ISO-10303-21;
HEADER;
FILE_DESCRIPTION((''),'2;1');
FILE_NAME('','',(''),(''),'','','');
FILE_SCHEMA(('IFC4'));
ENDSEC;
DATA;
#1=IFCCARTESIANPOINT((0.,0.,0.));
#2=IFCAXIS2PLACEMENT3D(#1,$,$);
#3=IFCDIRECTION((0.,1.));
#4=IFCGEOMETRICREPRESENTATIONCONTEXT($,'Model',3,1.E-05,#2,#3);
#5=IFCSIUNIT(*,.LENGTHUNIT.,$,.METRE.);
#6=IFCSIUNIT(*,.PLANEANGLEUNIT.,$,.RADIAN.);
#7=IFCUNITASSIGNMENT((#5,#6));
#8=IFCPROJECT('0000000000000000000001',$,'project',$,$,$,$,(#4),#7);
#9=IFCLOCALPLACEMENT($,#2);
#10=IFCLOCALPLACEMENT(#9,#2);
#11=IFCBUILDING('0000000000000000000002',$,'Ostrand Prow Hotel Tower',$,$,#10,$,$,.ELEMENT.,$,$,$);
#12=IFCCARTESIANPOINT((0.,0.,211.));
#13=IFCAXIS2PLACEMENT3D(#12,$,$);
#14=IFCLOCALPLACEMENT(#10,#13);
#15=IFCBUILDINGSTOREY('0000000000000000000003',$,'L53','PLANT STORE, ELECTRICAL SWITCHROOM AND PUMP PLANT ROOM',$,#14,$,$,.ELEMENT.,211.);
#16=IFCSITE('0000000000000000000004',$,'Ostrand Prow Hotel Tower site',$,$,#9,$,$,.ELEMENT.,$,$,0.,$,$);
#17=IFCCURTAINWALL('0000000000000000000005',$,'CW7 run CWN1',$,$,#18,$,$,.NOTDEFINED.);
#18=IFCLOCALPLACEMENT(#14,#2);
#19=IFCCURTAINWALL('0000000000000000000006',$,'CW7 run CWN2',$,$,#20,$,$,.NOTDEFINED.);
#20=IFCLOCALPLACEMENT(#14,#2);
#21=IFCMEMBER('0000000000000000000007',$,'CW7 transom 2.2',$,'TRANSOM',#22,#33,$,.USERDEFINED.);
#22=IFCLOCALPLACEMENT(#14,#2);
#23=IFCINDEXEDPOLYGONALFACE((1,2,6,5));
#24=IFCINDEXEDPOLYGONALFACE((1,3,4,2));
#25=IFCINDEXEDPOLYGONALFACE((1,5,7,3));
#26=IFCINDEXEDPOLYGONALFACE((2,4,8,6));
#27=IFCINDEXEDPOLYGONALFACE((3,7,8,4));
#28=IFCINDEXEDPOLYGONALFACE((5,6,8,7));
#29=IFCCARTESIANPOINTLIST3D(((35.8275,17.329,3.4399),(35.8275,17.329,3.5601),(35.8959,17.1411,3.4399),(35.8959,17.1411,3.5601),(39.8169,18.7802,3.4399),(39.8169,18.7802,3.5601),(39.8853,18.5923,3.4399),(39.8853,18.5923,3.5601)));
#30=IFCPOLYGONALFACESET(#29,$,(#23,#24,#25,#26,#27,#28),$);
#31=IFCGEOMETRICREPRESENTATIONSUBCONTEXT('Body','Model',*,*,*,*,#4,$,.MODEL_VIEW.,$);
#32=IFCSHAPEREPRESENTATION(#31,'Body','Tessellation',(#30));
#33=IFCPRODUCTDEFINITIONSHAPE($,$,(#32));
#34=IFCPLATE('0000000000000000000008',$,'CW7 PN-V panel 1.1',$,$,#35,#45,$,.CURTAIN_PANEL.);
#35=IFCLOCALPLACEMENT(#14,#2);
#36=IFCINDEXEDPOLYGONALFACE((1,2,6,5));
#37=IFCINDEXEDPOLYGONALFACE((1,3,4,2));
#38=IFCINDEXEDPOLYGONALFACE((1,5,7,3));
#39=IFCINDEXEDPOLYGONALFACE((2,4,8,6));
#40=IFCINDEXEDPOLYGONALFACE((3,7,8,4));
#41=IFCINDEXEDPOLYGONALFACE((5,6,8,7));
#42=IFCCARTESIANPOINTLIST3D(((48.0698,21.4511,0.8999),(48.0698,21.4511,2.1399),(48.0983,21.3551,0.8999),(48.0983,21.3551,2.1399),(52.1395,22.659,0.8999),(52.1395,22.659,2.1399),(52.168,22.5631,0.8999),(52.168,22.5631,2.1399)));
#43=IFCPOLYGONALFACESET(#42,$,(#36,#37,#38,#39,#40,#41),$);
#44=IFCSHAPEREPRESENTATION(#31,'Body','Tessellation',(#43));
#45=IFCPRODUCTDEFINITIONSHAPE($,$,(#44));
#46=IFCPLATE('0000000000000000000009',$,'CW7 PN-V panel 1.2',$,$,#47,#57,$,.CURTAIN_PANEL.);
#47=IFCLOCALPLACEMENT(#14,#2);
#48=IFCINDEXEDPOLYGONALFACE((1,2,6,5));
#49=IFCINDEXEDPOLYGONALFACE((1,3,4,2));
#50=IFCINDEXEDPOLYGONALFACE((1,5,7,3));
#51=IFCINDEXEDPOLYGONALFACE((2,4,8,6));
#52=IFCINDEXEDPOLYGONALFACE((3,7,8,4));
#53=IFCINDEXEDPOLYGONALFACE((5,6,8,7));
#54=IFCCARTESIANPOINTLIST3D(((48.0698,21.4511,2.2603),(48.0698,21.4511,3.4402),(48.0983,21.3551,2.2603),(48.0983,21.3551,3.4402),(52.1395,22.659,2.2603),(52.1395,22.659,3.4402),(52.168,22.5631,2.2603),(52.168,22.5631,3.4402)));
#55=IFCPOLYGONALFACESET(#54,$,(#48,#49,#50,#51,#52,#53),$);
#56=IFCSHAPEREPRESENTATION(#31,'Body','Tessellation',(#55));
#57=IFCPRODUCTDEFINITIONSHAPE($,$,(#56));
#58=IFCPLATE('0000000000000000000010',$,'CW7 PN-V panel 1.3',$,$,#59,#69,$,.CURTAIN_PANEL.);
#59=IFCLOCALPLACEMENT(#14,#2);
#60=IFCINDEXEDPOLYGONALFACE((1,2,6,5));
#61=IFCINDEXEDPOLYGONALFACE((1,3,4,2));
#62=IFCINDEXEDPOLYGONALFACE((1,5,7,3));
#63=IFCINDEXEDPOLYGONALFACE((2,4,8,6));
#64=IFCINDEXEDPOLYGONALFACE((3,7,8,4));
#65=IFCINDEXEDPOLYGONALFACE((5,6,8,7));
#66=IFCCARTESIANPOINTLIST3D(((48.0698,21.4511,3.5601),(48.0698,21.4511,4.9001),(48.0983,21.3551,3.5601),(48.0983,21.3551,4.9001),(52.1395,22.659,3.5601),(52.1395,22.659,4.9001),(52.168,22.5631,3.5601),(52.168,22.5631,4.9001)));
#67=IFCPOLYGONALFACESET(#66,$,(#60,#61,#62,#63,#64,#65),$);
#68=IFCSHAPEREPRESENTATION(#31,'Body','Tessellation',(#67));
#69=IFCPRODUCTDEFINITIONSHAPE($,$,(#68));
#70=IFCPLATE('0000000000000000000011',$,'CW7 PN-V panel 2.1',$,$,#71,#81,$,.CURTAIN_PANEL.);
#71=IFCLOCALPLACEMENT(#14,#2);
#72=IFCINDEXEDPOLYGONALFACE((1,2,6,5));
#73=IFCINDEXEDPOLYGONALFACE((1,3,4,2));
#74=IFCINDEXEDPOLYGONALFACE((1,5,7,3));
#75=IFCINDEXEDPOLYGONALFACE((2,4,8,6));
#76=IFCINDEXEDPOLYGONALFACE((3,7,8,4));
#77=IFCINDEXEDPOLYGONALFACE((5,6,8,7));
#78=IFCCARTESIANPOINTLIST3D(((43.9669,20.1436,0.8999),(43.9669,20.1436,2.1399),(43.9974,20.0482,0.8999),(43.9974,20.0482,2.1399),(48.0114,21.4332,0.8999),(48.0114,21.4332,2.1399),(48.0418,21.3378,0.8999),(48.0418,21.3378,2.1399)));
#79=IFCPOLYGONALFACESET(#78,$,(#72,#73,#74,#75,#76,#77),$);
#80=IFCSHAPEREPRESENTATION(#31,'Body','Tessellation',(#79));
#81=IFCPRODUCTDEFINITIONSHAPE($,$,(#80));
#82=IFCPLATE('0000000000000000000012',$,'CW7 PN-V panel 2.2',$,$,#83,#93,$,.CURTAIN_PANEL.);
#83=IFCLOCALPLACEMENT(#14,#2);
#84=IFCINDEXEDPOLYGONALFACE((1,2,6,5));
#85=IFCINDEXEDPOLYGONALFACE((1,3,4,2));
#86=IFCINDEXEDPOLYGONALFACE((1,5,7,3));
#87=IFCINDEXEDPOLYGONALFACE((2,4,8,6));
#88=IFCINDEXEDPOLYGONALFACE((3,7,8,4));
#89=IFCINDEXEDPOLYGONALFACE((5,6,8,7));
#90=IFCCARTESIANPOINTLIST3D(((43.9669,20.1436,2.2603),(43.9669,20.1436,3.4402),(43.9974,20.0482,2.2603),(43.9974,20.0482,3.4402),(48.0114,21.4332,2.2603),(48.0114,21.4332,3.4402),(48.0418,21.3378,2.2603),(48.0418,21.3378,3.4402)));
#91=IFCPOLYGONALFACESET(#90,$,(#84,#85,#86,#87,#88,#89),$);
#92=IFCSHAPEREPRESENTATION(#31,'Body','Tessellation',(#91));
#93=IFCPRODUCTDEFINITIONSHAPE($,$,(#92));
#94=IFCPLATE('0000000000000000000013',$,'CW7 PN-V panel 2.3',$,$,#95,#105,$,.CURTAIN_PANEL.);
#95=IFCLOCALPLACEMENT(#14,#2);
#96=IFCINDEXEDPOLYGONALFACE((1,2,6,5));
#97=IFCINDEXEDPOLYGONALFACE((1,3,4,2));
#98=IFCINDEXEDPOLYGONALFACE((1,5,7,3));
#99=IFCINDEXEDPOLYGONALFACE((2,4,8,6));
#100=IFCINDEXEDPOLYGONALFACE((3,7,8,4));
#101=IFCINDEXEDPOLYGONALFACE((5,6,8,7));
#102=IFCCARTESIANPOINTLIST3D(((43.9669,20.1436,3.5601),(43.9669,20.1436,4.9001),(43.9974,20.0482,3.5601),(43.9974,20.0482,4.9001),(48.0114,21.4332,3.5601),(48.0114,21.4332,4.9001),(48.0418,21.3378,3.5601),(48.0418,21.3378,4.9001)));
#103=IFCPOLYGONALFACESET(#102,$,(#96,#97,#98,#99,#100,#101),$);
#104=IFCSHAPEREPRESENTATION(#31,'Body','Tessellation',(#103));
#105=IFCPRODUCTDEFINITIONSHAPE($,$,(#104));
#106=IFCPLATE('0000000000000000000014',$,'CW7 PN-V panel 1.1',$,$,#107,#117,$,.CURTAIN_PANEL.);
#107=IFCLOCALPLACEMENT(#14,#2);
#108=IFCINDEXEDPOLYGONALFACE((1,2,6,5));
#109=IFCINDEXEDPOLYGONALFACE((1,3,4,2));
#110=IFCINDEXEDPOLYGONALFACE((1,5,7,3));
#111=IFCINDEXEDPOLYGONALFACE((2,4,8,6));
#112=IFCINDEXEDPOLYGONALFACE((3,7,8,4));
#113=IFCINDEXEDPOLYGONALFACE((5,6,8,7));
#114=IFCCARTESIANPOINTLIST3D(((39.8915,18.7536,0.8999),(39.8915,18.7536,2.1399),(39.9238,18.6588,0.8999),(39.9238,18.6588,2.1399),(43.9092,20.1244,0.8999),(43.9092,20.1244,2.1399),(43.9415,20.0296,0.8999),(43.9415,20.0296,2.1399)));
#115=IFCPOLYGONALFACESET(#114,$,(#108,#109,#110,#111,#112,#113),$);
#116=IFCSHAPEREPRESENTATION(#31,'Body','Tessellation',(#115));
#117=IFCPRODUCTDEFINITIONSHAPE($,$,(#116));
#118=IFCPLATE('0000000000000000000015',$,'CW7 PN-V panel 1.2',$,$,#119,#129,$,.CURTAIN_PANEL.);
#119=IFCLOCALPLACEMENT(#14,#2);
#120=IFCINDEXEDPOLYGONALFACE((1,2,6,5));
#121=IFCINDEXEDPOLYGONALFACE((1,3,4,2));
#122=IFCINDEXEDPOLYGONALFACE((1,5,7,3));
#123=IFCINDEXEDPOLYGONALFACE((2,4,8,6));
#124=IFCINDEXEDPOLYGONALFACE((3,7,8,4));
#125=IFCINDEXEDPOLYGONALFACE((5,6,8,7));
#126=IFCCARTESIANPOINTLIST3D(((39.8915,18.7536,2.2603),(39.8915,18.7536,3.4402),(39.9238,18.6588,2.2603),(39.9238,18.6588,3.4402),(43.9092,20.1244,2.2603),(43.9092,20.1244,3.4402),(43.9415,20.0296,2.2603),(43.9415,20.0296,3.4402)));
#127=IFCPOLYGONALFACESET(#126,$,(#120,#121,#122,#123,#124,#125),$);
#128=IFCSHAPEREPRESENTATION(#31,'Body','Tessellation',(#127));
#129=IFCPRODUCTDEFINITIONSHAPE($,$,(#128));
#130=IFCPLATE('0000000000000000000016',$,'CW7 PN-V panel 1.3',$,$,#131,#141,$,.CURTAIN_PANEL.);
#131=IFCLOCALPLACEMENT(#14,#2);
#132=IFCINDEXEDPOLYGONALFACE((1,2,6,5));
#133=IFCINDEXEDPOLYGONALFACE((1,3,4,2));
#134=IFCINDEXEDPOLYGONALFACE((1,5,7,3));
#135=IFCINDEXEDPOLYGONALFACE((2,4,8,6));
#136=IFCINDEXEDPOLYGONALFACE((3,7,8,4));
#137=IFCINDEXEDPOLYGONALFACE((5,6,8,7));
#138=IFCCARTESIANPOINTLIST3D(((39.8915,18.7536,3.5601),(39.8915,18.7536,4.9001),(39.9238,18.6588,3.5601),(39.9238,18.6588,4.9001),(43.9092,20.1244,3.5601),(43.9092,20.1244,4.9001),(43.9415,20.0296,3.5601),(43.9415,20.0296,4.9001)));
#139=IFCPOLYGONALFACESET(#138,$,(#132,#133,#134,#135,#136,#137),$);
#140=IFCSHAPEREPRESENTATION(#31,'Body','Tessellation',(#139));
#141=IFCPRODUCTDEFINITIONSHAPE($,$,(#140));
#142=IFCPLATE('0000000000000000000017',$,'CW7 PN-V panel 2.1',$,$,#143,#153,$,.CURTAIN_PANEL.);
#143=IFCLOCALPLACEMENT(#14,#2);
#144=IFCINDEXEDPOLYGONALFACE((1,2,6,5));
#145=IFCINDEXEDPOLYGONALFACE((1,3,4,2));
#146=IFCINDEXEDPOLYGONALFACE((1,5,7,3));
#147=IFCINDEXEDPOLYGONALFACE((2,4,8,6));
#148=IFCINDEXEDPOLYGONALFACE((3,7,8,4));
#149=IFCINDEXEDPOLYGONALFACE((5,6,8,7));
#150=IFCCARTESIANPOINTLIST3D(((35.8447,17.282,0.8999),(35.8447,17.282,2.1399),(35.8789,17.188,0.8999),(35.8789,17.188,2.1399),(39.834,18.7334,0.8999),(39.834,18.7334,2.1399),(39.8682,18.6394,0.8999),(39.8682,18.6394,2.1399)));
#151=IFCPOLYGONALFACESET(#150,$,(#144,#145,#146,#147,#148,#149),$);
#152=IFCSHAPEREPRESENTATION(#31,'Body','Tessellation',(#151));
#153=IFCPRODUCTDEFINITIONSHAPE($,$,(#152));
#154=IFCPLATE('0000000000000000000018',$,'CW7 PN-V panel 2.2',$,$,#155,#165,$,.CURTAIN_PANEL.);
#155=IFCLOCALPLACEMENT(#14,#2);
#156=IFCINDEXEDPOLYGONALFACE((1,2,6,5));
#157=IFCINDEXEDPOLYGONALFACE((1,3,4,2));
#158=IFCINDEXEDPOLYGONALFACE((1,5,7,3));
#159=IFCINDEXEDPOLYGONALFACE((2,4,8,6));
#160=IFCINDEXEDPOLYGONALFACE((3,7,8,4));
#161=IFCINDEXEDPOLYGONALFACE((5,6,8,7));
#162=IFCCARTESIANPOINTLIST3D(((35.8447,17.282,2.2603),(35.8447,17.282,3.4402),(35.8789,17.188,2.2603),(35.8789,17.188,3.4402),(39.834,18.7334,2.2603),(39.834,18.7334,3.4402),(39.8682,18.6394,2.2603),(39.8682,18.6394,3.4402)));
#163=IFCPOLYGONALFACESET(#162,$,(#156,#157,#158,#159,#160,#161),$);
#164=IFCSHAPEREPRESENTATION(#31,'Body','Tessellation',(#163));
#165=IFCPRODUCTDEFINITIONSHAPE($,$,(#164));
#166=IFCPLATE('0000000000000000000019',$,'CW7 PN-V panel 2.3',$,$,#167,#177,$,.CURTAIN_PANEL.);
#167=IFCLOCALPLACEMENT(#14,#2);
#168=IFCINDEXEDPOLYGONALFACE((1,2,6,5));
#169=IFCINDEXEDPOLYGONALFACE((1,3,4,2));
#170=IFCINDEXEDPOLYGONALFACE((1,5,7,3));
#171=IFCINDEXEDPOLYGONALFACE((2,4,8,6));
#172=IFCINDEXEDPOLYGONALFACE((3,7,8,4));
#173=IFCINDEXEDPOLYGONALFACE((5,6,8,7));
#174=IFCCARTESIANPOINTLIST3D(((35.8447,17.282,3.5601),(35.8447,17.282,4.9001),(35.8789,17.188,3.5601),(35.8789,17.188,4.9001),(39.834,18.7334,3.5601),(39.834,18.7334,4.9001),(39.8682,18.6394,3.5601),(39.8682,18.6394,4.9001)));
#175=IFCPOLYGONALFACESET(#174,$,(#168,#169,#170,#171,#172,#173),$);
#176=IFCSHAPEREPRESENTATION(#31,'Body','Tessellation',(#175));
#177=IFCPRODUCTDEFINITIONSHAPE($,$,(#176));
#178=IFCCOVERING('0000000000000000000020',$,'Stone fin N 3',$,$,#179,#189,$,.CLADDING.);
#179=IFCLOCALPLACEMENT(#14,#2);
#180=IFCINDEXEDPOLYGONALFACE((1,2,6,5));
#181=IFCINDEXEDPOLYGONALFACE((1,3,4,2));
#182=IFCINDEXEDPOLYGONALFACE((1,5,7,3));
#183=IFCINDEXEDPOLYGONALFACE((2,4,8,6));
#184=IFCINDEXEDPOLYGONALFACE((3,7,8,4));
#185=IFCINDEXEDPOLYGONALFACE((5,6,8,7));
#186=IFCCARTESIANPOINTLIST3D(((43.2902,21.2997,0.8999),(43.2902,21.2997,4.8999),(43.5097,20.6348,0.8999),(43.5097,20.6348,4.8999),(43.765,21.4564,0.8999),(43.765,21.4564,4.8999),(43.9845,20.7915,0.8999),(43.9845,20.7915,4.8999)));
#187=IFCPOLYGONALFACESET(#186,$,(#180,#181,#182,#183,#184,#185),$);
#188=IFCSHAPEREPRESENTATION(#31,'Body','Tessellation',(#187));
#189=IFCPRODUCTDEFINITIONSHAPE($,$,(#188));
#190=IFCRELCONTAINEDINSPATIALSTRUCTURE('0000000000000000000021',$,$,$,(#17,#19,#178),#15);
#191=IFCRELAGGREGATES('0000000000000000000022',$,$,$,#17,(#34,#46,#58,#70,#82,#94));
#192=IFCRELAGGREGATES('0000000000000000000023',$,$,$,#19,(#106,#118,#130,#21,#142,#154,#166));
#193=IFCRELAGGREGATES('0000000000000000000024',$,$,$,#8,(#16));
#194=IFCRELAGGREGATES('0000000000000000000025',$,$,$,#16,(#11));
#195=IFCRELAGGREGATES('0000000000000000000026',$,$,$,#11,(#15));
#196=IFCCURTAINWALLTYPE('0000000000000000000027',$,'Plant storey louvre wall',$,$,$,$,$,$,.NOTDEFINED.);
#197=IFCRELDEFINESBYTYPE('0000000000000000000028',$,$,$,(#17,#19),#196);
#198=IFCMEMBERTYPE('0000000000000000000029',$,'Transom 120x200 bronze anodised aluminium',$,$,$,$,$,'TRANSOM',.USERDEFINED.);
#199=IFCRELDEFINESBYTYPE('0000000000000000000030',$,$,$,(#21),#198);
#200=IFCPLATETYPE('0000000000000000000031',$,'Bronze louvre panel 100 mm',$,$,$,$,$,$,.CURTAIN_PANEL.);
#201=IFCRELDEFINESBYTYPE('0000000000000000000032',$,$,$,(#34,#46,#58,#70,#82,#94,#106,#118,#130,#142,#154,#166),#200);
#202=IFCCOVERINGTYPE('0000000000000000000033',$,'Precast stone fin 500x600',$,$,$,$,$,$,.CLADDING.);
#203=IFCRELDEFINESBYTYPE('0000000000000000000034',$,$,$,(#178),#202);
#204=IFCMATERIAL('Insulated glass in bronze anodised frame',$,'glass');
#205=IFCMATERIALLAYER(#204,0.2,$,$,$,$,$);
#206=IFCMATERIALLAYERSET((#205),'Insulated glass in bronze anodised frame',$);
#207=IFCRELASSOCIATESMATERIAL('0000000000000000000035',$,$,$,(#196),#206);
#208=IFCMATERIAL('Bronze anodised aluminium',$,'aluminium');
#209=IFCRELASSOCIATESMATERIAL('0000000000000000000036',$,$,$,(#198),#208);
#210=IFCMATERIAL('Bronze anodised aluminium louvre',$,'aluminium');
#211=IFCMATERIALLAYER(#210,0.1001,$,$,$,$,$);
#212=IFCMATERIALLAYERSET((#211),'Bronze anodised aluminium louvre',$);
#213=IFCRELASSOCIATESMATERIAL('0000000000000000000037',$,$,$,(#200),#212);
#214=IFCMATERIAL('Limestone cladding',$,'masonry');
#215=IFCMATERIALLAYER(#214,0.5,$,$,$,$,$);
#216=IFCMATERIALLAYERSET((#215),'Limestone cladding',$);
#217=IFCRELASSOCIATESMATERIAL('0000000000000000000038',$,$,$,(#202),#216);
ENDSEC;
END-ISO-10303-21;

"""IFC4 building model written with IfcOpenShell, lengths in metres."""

from ifc_helpers import new_model, si_unit, direction, frame, frame_2d, origin, origin_2d, place, context, subcontext, project, spatial, rectangle, extrude, material, layer, layer_set, material_profile, profile_set, type_object, element, aggregate, save


model = new_model("IFC4")

# Units and contexts
model_context = context("Model", 3, precision=1e-05, world=origin(), true_north=direction((0.0, 1.0)))
body_context = subcontext(model_context, "Body", "Model", "MODEL_VIEW")
ifc_project = project(units=[si_unit("LENGTHUNIT", "METRE"), si_unit("PLANEANGLEUNIT", "RADIAN")], contexts=[model_context])

# Site, building, storey
site_placement = place(None, origin())
site = spatial("IfcSite", under=ifc_project, at=site_placement, Name="Ostrand Prow Hotel Tower site", CompositionType="ELEMENT", RefElevation=0.0)
building_placement = place(site_placement, origin())
building = spatial("IfcBuilding", under=site, at=building_placement, Name="Ostrand Prow Hotel Tower", CompositionType="ELEMENT")
storey_placement = place(building_placement, frame((0.0, 0.0, 211.0)))
storey = spatial("IfcBuildingStorey", under=building, at=storey_placement, Name="L53", Description="PLANT STORE, ELECTRICAL SWITCHROOM AND PUMP PLANT ROOM", CompositionType="ELEMENT", Elevation=211.0)

# Curtain walls
ifc_material_1 = material(Name="Insulated glass in bronze anodised frame", Category="glass")
ifc_layer_1 = layer(ifc_material_1, 0.2)
ifc_layer_set_1 = layer_set([ifc_layer_1], Name="Insulated glass in bronze anodised frame")
curtain_wall_type = type_object("IfcCurtainWallType", Name="Plant storey louvre wall", PredefinedType="NOTDEFINED", material=ifc_layer_set_1)
curtain_wall_1_placement = place(storey_placement, origin())
curtain_wall_1 = element("IfcCurtainWall", 1, at=curtain_wall_1_placement, inside=storey, type_object=curtain_wall_type, Name="CW7 run CWN1", PredefinedType="NOTDEFINED")
curtain_wall_2_placement = place(storey_placement, origin())
curtain_wall_2 = element("IfcCurtainWall", 2, at=curtain_wall_2_placement, inside=storey, type_object=curtain_wall_type, Name="CW7 run CWN2", PredefinedType="NOTDEFINED")

# Member
ifc_material_2 = material(Name="Bronze anodised aluminium", Category="aluminium")
ifc_material_profile_1 = material_profile(ifc_material_2, rectangle(XDim=0.2, YDim=0.1201, at=origin_2d()), Name="Transom 120x200 bronze anodised aluminium")
ifc_profile_set_1 = profile_set([ifc_material_profile_1], Name="Bronze anodised aluminium")
member_type_1 = type_object("IfcMemberType", Name="Transom 120x200 bronze anodised aluminium", ElementType="TRANSOM", PredefinedType="USERDEFINED", material=ifc_profile_set_1)
member_1_placement = place(storey_placement, frame((39.8511, 18.6863, 3.5), z_axis=(-0.939753, -0.341854, 0.0), x_axis=(0.341854, -0.939753, 0.0)))
member_1 = element("IfcMember", 3, at=member_1_placement, type_object=member_type_1, Name="CW7 transom 2.2", ObjectType="TRANSOM", PredefinedType="USERDEFINED", context=body_context, shape_type="SweptSolid", body=[
    extrude(rectangle(XDim=0.2, YDim=0.1201, at=origin_2d()), origin(), (0.0, 0.0, 1.0), 4.2451),
])

# Plates
ifc_material_3 = material(Name="Bronze anodised aluminium louvre", Category="aluminium")
ifc_layer_2 = layer(ifc_material_3, 0.1001)
ifc_layer_set_2 = layer_set([ifc_layer_2], Name="Bronze anodised aluminium louvre")
plate_type = type_object("IfcPlateType", Name="Bronze louvre panel 100 mm", PredefinedType="CURTAIN_PANEL", material=ifc_layer_set_2)
plate_1_placement = place(storey_placement, frame((50.1189, 22.0071, 0.8999), z_axis=(0.0, 0.0, 1.0), x_axis=(-0.958663, -0.284544, 0.0)))
plate_1 = element("IfcPlate", 4, at=plate_1_placement, type_object=plate_type, Name="CW7 PN-V panel 1.1", PredefinedType="CURTAIN_PANEL", context=body_context, shape_type="SweptSolid", body=[
    extrude(rectangle(XDim=4.2451, YDim=0.1001, at=origin_2d()), origin(), (0.0, 0.0, 1.0), 1.24),
])
plate_2_placement = place(storey_placement, frame((50.1189, 22.0071, 2.2603), z_axis=(0.0, 0.0, 1.0), x_axis=(-0.958663, -0.284544, 0.0)))
plate_2 = element("IfcPlate", 5, at=plate_2_placement, type_object=plate_type, Name="CW7 PN-V panel 1.2", PredefinedType="CURTAIN_PANEL", context=body_context, shape_type="SweptSolid", body=[
    extrude(rectangle(XDim=4.2451, YDim=0.1001, at=origin_2d()), origin(), (0.0, 0.0, 1.0), 1.1799),
])
plate_3_placement = place(storey_placement, frame((50.1189, 22.0071, 3.5601), z_axis=(0.0, 0.0, 1.0), x_axis=(-0.958663, -0.284544, 0.0)))
plate_3 = element("IfcPlate", 6, at=plate_3_placement, type_object=plate_type, Name="CW7 PN-V panel 1.3", PredefinedType="CURTAIN_PANEL", context=body_context, shape_type="SweptSolid", body=[
    extrude(rectangle(XDim=4.2451, YDim=0.1001, at=origin_2d()), origin(), (0.0, 0.0, 1.0), 1.3401),
])
plate_4_placement = place(storey_placement, frame((46.0044, 20.7407, 0.8999), z_axis=(0.0, 0.0, 1.0), x_axis=(-0.95274, -0.303787, 0.0)))
plate_4 = element("IfcPlate", 7, at=plate_4_placement, type_object=plate_type, Name="CW7 PN-V panel 2.1", PredefinedType="CURTAIN_PANEL", context=body_context, shape_type="SweptSolid", body=[
    extrude(rectangle(XDim=4.2451, YDim=0.1001, at=origin_2d()), origin(), (0.0, 0.0, 1.0), 1.24),
])
plate_5_placement = place(storey_placement, frame((46.0044, 20.7407, 2.2603), z_axis=(0.0, 0.0, 1.0), x_axis=(-0.95274, -0.303787, 0.0)))
plate_5 = element("IfcPlate", 8, at=plate_5_placement, type_object=plate_type, Name="CW7 PN-V panel 2.2", PredefinedType="CURTAIN_PANEL", context=body_context, shape_type="SweptSolid", body=[
    extrude(rectangle(XDim=4.2451, YDim=0.1001, at=origin_2d()), origin(), (0.0, 0.0, 1.0), 1.1799),
])
plate_6_placement = place(storey_placement, frame((46.0044, 20.7407, 3.5601), z_axis=(0.0, 0.0, 1.0), x_axis=(-0.95274, -0.303787, 0.0)))
plate_6 = element("IfcPlate", 9, at=plate_6_placement, type_object=plate_type, Name="CW7 PN-V panel 2.3", PredefinedType="CURTAIN_PANEL", context=body_context, shape_type="SweptSolid", body=[
    extrude(rectangle(XDim=4.2451, YDim=0.1001, at=origin_2d()), origin(), (0.0, 0.0, 1.0), 1.3401),
])
aggregate(curtain_wall_1, [plate_1, plate_2, plate_3, plate_4, plate_5, plate_6])
plate_7_placement = place(storey_placement, frame((41.9165, 19.3916, 0.8999), z_axis=(0.0, 0.0, 1.0), x_axis=(-0.94643, -0.322908, 0.0)))
plate_7 = element("IfcPlate", 10, at=plate_7_placement, type_object=plate_type, Name="CW7 PN-V panel 1.1", PredefinedType="CURTAIN_PANEL", context=body_context, shape_type="SweptSolid", body=[
    extrude(rectangle(XDim=4.2451, YDim=0.1001, at=origin_2d()), origin(), (0.0, 0.0, 1.0), 1.24),
])
plate_8_placement = place(storey_placement, frame((41.9165, 19.3916, 2.2603), z_axis=(0.0, 0.0, 1.0), x_axis=(-0.94643, -0.322908, 0.0)))
plate_8 = element("IfcPlate", 11, at=plate_8_placement, type_object=plate_type, Name="CW7 PN-V panel 1.2", PredefinedType="CURTAIN_PANEL", context=body_context, shape_type="SweptSolid", body=[
    extrude(rectangle(XDim=4.2451, YDim=0.1001, at=origin_2d()), origin(), (0.0, 0.0, 1.0), 1.1799),
])
plate_9_placement = place(storey_placement, frame((41.9165, 19.3916, 3.5601), z_axis=(0.0, 0.0, 1.0), x_axis=(-0.94643, -0.322908, 0.0)))
plate_9 = element("IfcPlate", 12, at=plate_9_placement, type_object=plate_type, Name="CW7 PN-V panel 1.3", PredefinedType="CURTAIN_PANEL", context=body_context, shape_type="SweptSolid", body=[
    extrude(rectangle(XDim=4.2451, YDim=0.1001, at=origin_2d()), origin(), (0.0, 0.0, 1.0), 1.3401),
])
plate_10_placement = place(storey_placement, frame((37.8564, 17.9607, 0.8999), z_axis=(0.0, 0.0, 1.0), x_axis=(-0.939737, -0.341897, 0.0)))
plate_10 = element("IfcPlate", 13, at=plate_10_placement, type_object=plate_type, Name="CW7 PN-V panel 2.1", PredefinedType="CURTAIN_PANEL", context=body_context, shape_type="SweptSolid", body=[
    extrude(rectangle(XDim=4.2451, YDim=0.1001, at=origin_2d()), origin(), (0.0, 0.0, 1.0), 1.24),
])
plate_11_placement = place(storey_placement, frame((37.8564, 17.9607, 2.2603), z_axis=(0.0, 0.0, 1.0), x_axis=(-0.939737, -0.341897, 0.0)))
plate_11 = element("IfcPlate", 14, at=plate_11_placement, type_object=plate_type, Name="CW7 PN-V panel 2.2", PredefinedType="CURTAIN_PANEL", context=body_context, shape_type="SweptSolid", body=[
    extrude(rectangle(XDim=4.2451, YDim=0.1001, at=origin_2d()), origin(), (0.0, 0.0, 1.0), 1.1799),
])
plate_12_placement = place(storey_placement, frame((37.8564, 17.9607, 3.5601), z_axis=(0.0, 0.0, 1.0), x_axis=(-0.939737, -0.341897, 0.0)))
plate_12 = element("IfcPlate", 15, at=plate_12_placement, type_object=plate_type, Name="CW7 PN-V panel 2.3", PredefinedType="CURTAIN_PANEL", context=body_context, shape_type="SweptSolid", body=[
    extrude(rectangle(XDim=4.2451, YDim=0.1001, at=origin_2d()), origin(), (0.0, 0.0, 1.0), 1.3401),
])
aggregate(curtain_wall_2, [plate_7, plate_8, plate_9, member_1, plate_10, plate_11, plate_12])

# Covering
ifc_material_4 = material(Name="Limestone cladding", Category="masonry")
ifc_layer_3 = layer(ifc_material_4, 0.5)
ifc_layer_set_3 = layer_set([ifc_layer_3], Name="Limestone cladding")
covering_type = type_object("IfcCoveringType", Name="Precast stone fin 500x600", PredefinedType="CLADDING", material=ifc_layer_set_3)
covering_placement = place(storey_placement, frame((43.7471, 20.7131, 0.8999), z_axis=(0.0, 0.0, 1.0), x_axis=(-0.313506, 0.949586, 0.0)))
element("IfcCovering", 16, at=covering_placement, inside=storey, type_object=covering_type, Name="Stone fin N 3", PredefinedType="CLADDING", context=body_context, shape_type="SweptSolid", body=[
    extrude(rectangle(XDim=0.7002, YDim=0.5, at=frame_2d((0.3501, 0.0))), origin(), (0.0, 0.0, 1.0), 4.0),
])

save(model, "model.ifc")
